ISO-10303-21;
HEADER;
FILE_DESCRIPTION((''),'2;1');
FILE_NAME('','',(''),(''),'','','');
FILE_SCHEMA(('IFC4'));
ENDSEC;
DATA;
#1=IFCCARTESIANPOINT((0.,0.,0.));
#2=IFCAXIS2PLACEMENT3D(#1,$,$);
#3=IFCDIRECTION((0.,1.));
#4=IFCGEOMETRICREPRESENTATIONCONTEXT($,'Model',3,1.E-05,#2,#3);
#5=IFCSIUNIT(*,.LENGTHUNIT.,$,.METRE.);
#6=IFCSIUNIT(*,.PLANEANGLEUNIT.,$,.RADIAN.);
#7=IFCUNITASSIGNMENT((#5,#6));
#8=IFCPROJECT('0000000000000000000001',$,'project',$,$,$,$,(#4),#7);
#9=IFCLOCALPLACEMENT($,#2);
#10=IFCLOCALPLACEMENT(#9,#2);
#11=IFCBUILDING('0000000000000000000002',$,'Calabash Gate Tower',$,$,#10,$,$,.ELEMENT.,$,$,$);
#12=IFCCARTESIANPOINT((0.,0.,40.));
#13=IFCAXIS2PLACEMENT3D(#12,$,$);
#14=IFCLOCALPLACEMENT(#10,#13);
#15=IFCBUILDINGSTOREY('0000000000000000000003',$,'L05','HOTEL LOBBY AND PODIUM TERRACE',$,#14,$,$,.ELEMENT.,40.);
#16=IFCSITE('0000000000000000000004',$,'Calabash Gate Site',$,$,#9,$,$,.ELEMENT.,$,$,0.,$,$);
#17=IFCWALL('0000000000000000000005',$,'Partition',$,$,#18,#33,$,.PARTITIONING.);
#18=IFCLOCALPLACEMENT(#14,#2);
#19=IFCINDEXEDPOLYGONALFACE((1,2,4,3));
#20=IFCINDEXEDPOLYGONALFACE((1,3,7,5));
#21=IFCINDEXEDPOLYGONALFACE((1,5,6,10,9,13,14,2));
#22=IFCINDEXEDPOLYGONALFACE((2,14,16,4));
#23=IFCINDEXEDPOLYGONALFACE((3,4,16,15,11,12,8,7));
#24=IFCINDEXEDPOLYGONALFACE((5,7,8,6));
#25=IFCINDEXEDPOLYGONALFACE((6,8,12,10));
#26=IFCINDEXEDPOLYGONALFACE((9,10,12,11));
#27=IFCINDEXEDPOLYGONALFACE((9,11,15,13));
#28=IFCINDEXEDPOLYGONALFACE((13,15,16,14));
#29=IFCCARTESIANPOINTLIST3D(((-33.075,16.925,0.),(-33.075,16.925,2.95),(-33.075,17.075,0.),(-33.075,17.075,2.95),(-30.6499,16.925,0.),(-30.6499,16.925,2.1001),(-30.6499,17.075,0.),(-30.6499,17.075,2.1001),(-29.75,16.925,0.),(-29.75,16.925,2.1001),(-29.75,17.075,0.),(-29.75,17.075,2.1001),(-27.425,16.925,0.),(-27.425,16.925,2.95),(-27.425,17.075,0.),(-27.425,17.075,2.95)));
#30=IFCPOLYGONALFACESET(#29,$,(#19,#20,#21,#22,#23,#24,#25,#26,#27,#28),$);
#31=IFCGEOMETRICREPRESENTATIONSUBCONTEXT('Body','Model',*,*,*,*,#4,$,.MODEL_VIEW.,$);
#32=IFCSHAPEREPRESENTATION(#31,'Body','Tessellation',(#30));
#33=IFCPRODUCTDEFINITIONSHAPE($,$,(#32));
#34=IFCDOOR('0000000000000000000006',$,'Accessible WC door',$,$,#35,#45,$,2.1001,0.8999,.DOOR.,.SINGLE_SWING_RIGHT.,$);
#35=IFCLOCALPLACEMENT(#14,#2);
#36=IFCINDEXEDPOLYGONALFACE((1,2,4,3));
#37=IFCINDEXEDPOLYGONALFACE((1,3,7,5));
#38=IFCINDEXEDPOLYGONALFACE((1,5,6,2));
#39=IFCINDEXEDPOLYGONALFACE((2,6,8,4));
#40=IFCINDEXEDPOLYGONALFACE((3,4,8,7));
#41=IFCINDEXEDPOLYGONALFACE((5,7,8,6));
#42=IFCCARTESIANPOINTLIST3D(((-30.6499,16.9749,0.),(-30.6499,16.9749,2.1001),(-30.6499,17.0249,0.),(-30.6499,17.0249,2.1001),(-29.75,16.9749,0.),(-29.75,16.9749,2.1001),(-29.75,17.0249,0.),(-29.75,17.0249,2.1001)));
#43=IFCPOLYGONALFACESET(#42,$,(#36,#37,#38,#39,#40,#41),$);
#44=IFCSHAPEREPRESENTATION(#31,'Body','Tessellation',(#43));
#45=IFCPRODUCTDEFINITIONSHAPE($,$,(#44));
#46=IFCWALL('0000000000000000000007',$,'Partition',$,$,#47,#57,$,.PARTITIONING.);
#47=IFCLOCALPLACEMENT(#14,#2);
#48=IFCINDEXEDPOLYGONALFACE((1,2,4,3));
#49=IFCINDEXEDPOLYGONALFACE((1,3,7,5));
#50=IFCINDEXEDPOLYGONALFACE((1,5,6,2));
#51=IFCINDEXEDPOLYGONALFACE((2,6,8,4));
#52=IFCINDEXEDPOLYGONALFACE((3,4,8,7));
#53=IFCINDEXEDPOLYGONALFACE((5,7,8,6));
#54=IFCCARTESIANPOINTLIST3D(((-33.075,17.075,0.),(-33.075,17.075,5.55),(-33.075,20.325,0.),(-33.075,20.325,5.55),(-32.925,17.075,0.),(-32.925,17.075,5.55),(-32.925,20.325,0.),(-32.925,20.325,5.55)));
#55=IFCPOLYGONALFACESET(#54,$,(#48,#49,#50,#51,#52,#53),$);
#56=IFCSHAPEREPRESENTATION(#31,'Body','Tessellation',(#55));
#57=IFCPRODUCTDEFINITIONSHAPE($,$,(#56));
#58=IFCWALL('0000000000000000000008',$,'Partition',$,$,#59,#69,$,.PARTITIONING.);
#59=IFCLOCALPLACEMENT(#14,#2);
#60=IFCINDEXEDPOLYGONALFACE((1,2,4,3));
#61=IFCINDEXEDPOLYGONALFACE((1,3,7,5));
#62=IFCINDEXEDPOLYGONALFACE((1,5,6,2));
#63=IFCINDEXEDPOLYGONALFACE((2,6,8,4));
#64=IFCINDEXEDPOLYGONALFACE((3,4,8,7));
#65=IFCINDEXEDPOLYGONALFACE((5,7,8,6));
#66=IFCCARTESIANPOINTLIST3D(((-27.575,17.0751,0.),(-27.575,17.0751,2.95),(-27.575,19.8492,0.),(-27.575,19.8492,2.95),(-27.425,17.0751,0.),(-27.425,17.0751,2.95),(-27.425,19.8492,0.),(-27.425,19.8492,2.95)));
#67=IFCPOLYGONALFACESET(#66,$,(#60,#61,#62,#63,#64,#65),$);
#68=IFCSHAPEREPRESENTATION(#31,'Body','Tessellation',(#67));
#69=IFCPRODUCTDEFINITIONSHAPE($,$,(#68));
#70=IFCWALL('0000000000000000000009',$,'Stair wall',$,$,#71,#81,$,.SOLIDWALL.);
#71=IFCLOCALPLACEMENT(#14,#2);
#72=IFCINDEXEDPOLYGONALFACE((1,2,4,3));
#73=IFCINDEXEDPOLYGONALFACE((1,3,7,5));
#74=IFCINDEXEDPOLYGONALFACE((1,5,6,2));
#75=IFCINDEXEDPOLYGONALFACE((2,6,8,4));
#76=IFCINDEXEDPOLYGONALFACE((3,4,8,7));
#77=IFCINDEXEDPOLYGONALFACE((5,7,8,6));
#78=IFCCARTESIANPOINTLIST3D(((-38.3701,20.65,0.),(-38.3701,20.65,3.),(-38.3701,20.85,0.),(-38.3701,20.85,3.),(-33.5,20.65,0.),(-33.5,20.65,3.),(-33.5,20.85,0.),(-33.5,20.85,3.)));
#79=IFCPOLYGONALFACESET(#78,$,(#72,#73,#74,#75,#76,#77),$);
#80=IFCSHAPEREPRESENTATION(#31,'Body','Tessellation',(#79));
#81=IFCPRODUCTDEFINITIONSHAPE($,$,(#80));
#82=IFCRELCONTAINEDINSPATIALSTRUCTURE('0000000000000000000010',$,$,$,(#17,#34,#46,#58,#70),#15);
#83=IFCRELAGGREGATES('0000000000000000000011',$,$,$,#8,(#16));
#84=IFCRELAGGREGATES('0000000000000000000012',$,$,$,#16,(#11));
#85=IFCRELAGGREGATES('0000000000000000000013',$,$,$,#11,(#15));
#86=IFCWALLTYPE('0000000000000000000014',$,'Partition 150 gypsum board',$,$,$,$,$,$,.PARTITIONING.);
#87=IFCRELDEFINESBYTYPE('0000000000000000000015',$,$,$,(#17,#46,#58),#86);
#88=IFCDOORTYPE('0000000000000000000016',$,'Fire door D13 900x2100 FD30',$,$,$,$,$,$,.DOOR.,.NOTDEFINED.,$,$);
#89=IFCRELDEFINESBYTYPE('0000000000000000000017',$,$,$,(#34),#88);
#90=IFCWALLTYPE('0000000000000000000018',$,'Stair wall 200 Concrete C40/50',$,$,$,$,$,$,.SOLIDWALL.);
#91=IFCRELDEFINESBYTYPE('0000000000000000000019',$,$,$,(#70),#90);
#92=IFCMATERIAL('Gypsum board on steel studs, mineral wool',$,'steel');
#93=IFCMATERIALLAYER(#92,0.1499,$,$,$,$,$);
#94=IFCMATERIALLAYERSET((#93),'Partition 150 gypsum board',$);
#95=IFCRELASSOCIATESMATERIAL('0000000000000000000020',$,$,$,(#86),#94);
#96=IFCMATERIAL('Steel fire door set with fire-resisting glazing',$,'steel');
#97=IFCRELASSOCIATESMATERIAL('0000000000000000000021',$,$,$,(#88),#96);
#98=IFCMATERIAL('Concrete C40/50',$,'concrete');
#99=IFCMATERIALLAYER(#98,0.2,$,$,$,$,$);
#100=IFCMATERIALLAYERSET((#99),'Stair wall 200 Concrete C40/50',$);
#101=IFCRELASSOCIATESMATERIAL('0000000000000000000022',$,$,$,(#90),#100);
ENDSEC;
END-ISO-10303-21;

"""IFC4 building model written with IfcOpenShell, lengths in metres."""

from ifc_helpers import new_model, si_unit, direction, frame, frame_2d, origin, place, context, subcontext, project, spatial, rectangle, extrude, material, layer, layer_set, type_object, element, fill, save


model = new_model("IFC4")

# Units and contexts
model_context = context("Model", 3, precision=1e-05, world=origin(), true_north=direction((0.0, 1.0)))
body_context = subcontext(model_context, "Body", "Model", "MODEL_VIEW")
ifc_project = project(units=[si_unit("LENGTHUNIT", "METRE"), si_unit("PLANEANGLEUNIT", "RADIAN")], contexts=[model_context])

# Site, building, storey
site_placement = place(None, origin())
site = spatial("IfcSite", under=ifc_project, at=site_placement, Name="Calabash Gate Site", CompositionType="ELEMENT", RefElevation=0.0)
building_placement = place(site_placement, origin())
building = spatial("IfcBuilding", under=site, at=building_placement, Name="Calabash Gate Tower", CompositionType="ELEMENT")
storey_placement = place(building_placement, frame((0.0, 0.0, 40.0)))
storey = spatial("IfcBuildingStorey", under=building, at=storey_placement, Name="L05", Description="HOTEL LOBBY AND PODIUM TERRACE", CompositionType="ELEMENT", Elevation=40.0)

# Wall, opening, door
ifc_material_1 = material(Name="Gypsum board on steel studs, mineral wool", Category="steel")
ifc_layer_1 = layer(ifc_material_1, 0.1499)
ifc_layer_set_1 = layer_set([ifc_layer_1], Name="Partition 150 gypsum board")
wall_type_1 = type_object("IfcWallType", Name="Partition 150 gypsum board", PredefinedType="PARTITIONING", material=ifc_layer_set_1)
wall_1_placement = place(storey_placement, frame((-33.075, 17.0, 0.0), z_axis=(0.0, 0.0, 1.0), x_axis=(1.0, 0.0, 0.0)))
wall_1 = element("IfcWall", 1, at=wall_1_placement, inside=storey, type_object=wall_type_1, Name="Partition", PredefinedType="PARTITIONING", context=body_context, shape_type="SweptSolid", body=[
    extrude(rectangle(XDim=5.6499, YDim=0.1499, at=frame_2d((2.825, 0.0))), origin(), (0.0, 0.0, 1.0), 2.95),
])
opening_placement = place(wall_1_placement, frame((2.425, 0.0, 0.0)))
opening = element("IfcOpeningElement", 2, at=opening_placement, cuts=wall_1, PredefinedType="OPENING", context=body_context, shape_type="SweptSolid", body=[
    extrude(rectangle(XDim=0.8999, YDim=2.1001, at=frame_2d((0.45, 1.05))), frame((0.0, 0.085, 0.0), z_axis=(0.0, -1.0, 0.0), x_axis=(1.0, 0.0, 0.0)), (0.0, 0.0, 1.0), 0.1699),
])
ifc_material_2 = material(Name="Steel fire door set with fire-resisting glazing", Category="steel")
door_type = type_object("IfcDoorType", Name="Fire door D13 900x2100 FD30", OperationType="NOTDEFINED", PredefinedType="DOOR", material=ifc_material_2)
door_placement = place(opening_placement, origin())
door = element("IfcDoor", 3, at=door_placement, inside=storey, type_object=door_type, Name="Accessible WC door", OperationType="SINGLE_SWING_RIGHT", OverallHeight=2.1001, OverallWidth=0.8999, PredefinedType="DOOR", context=body_context, shape_type="SweptSolid", body=[
    extrude(rectangle(XDim=0.8999, YDim=2.1001, at=frame_2d((0.45, 1.05))), frame((0.0, 0.0249, 0.0), z_axis=(0.0, -1.0, 0.0), x_axis=(1.0, 0.0, 0.0)), (0.0, 0.0, 1.0), 0.05),
])
fill(opening, door)

# Walls
wall_2_placement = place(storey_placement, frame((-33.0, 17.075, 0.0), z_axis=(0.0, 0.0, 1.0), x_axis=(0.0, 1.0, 0.0)))
element("IfcWall", 4, at=wall_2_placement, inside=storey, type_object=wall_type_1, Name="Partition", PredefinedType="PARTITIONING", context=body_context, shape_type="SweptSolid", body=[
    extrude(rectangle(XDim=3.25, YDim=0.1499, at=frame_2d((1.625, 0.0))), origin(), (0.0, 0.0, 1.0), 5.55),
])
wall_3_placement = place(storey_placement, frame((-27.5, 17.075, 0.0), z_axis=(0.0, 0.0, 1.0), x_axis=(0.0, 1.0, 0.0)))
element("IfcWall", 5, at=wall_3_placement, inside=storey, type_object=wall_type_1, Name="Partition", PredefinedType="PARTITIONING", context=body_context, shape_type="SweptSolid", body=[
    extrude(rectangle(XDim=2.7742, YDim=0.1499, at=frame_2d((1.3872, 0.0))), origin(), (0.0, 0.0, 1.0), 2.95),
])
ifc_material_3 = material(Name="Concrete C40/50", Category="concrete")
ifc_layer_2 = layer(ifc_material_3, 0.2)
ifc_layer_set_2 = layer_set([ifc_layer_2], Name="Stair wall 200 Concrete C40/50")
wall_type_2 = type_object("IfcWallType", Name="Stair wall 200 Concrete C40/50", PredefinedType="SOLIDWALL", material=ifc_layer_set_2)
wall_4_placement = place(storey_placement, frame((-38.3701, 20.75, 0.0), z_axis=(0.0, 0.0, 1.0), x_axis=(1.0, 0.0, 0.0)))
element("IfcWall", 6, at=wall_4_placement, inside=storey, type_object=wall_type_2, Name="Stair wall", PredefinedType="SOLIDWALL", context=body_context, shape_type="SweptSolid", body=[
    extrude(rectangle(XDim=4.8701, YDim=0.2, at=frame_2d((2.4351, 0.0))), origin(), (0.0, 0.0, 1.0), 3.0),
])

save(model, "model.ifc")
